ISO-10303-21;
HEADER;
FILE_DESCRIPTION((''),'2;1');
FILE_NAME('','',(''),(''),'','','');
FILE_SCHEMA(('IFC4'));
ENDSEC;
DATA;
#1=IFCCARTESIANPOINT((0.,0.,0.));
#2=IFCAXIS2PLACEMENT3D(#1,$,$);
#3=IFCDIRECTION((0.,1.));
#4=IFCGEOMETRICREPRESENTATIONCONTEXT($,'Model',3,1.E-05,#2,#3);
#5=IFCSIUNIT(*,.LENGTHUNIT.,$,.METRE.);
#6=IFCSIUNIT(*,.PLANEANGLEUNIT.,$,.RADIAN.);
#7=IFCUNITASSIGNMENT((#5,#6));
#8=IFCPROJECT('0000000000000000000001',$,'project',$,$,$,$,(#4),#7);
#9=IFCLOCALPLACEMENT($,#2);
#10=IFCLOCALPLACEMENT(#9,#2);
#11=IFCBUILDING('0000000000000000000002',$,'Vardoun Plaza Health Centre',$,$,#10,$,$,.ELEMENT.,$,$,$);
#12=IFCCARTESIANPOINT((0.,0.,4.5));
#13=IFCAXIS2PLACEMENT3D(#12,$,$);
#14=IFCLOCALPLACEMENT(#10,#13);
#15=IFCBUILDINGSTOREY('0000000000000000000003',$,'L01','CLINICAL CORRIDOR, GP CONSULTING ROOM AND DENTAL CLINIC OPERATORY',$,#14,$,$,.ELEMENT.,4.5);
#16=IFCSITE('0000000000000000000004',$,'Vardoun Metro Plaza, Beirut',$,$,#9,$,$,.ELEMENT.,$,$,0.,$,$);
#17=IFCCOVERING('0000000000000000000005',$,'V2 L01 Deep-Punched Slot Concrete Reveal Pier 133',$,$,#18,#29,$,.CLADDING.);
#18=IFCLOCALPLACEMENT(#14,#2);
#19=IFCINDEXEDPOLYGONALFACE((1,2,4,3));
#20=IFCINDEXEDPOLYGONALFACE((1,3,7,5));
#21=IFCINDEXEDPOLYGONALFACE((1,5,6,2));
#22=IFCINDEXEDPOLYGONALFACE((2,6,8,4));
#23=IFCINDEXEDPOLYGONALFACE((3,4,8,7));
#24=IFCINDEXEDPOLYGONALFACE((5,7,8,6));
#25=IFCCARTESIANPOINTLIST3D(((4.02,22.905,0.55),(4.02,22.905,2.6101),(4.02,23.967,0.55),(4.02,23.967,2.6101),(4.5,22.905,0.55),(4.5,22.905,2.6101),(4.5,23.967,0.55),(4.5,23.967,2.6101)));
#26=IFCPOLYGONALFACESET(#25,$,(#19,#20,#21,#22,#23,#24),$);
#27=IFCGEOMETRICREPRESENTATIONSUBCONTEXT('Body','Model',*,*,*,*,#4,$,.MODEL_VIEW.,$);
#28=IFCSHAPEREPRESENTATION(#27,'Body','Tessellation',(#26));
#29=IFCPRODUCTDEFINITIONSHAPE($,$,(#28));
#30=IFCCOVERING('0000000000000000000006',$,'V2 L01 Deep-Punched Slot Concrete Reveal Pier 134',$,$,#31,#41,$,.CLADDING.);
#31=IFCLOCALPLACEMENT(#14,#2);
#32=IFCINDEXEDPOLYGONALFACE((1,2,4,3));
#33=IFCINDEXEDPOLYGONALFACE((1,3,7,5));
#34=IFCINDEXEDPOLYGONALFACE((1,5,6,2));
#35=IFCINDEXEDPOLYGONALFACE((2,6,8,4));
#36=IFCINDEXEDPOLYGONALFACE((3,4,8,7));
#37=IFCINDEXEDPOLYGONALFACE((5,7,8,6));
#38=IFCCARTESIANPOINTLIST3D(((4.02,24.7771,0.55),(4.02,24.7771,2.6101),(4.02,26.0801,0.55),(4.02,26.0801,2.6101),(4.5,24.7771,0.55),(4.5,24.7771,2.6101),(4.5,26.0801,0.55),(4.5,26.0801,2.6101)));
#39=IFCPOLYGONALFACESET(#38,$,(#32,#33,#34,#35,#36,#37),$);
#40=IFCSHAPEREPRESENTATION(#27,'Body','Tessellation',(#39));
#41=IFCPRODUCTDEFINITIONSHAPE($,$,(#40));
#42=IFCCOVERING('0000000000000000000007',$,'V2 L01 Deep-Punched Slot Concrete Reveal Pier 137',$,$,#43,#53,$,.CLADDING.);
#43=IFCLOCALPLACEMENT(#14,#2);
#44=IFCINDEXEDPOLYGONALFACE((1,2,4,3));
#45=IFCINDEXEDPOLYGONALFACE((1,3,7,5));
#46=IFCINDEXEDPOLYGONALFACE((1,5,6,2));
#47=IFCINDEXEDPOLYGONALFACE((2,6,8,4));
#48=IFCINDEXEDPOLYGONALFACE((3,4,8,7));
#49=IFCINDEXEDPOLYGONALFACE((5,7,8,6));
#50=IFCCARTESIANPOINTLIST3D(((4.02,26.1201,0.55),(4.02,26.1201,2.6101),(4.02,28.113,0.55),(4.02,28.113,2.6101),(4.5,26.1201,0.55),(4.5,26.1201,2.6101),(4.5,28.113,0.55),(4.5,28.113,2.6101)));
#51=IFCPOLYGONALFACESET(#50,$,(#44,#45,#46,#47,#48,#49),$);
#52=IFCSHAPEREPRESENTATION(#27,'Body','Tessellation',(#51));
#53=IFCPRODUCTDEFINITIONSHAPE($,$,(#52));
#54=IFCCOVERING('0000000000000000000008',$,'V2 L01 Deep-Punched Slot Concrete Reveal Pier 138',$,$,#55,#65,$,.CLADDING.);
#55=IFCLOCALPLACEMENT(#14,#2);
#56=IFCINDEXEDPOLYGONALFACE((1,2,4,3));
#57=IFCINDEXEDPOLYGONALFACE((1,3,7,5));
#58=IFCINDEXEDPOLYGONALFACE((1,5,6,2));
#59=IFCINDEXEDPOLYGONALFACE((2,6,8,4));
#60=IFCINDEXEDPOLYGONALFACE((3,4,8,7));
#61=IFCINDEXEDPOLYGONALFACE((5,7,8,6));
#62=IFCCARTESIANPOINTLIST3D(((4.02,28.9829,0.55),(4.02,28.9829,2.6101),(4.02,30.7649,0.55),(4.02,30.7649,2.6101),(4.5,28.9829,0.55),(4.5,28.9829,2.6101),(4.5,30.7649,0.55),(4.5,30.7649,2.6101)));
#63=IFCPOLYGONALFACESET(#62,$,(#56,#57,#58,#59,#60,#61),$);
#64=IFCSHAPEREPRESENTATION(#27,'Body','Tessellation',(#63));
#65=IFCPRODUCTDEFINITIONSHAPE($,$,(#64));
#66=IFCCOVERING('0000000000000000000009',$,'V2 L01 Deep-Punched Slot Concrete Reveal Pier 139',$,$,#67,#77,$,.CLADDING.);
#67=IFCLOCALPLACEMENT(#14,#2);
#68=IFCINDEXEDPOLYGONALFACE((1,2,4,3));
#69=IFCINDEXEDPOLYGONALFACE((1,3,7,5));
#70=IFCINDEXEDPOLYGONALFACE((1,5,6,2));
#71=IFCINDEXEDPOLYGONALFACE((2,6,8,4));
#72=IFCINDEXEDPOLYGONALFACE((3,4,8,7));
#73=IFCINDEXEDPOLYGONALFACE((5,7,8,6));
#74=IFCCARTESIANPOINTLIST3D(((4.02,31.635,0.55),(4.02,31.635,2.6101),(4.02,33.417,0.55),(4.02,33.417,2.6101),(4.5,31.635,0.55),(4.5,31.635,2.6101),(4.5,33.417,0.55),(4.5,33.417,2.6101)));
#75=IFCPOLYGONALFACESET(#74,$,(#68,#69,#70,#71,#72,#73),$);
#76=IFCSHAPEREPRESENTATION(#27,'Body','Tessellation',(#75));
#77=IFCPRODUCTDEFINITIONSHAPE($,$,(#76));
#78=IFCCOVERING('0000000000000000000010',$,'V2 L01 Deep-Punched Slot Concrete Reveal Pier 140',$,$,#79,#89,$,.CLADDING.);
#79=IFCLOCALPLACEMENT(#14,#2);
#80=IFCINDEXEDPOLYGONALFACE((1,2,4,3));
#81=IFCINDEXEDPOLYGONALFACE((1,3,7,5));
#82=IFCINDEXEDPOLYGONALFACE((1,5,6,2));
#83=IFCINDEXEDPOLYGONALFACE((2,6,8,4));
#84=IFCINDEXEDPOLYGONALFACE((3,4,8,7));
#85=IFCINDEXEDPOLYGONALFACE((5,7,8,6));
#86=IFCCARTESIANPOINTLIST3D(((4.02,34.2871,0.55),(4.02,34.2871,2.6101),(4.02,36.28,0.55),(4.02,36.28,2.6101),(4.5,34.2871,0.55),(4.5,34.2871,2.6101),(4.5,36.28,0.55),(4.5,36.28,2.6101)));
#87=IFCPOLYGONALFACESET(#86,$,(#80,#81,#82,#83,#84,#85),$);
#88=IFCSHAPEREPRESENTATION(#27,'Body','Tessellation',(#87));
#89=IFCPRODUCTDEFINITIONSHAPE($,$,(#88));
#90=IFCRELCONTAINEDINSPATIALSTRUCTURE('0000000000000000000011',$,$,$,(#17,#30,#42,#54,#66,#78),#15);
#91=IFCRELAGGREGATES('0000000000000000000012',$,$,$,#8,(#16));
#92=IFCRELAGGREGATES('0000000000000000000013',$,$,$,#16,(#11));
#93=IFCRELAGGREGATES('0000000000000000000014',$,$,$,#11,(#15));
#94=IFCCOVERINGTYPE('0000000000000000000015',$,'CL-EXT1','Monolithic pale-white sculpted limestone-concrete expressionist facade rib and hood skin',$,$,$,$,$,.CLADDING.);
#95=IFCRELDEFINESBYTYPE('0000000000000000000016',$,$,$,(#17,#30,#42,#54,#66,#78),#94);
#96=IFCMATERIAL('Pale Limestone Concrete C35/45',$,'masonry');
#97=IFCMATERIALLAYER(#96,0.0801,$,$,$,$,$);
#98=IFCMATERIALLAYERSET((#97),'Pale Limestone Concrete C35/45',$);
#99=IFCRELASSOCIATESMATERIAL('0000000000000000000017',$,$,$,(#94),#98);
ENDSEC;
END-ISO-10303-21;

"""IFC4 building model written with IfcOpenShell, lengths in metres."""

from ifc_helpers import new_model, si_unit, direction, frame, origin, place, context, subcontext, project, spatial, polyline, outline, extrude, material, layer, layer_set, type_object, element, save


model = new_model("IFC4")

# Units and contexts
model_context = context("Model", 3, precision=1e-05, world=origin(), true_north=direction((0.0, 1.0)))
body_context = subcontext(model_context, "Body", "Model", "MODEL_VIEW")
ifc_project = project(units=[si_unit("LENGTHUNIT", "METRE"), si_unit("PLANEANGLEUNIT", "RADIAN")], contexts=[model_context])

# Site, building, storey
site_placement = place(None, origin())
site = spatial("IfcSite", under=ifc_project, at=site_placement, Name="Vardoun Metro Plaza, Beirut", CompositionType="ELEMENT", RefElevation=0.0)
building_placement = place(site_placement, origin())
building = spatial("IfcBuilding", under=site, at=building_placement, Name="Vardoun Plaza Health Centre", CompositionType="ELEMENT")
storey_placement = place(building_placement, frame((0.0, 0.0, 4.5)))
storey = spatial("IfcBuildingStorey", under=building, at=storey_placement, Name="L01", Description="CLINICAL CORRIDOR, GP CONSULTING ROOM AND DENTAL CLINIC OPERATORY", CompositionType="ELEMENT", Elevation=4.5)

# Coverings
ifc_material = material(Name="Pale Limestone Concrete C35/45", Category="masonry")
ifc_layer = layer(ifc_material, 0.0801)
ifc_layer_set = layer_set([ifc_layer], Name="Pale Limestone Concrete C35/45")
covering_type = type_object("IfcCoveringType", Name="CL-EXT1", Description="Monolithic pale-white sculpted limestone-concrete expressionist facade rib and hood skin", PredefinedType="CLADDING", material=ifc_layer_set)
covering_1_placement = place(storey_placement, frame((0.0, 0.0, 0.55)))
element("IfcCovering", 1, at=covering_1_placement, inside=storey, type_object=covering_type, Name="V2 L01 Deep-Punched Slot Concrete Reveal Pier 133", PredefinedType="CLADDING", context=body_context, shape_type="SweptSolid", body=[
    extrude(outline(polyline([(4.5, 22.905), (4.5, 23.967), (4.02, 23.967), (4.02, 22.905), (4.5, 22.905)])), origin(), (0.0, 0.0, 1.0), 2.0601),
])
covering_2_placement = place(storey_placement, frame((0.0, 0.0, 0.55)))
element("IfcCovering", 2, at=covering_2_placement, inside=storey, type_object=covering_type, Name="V2 L01 Deep-Punched Slot Concrete Reveal Pier 134", PredefinedType="CLADDING", context=body_context, shape_type="SweptSolid", body=[
    extrude(outline(polyline([(4.5, 24.7771), (4.5, 26.0801), (4.02, 26.0801), (4.02, 24.7771), (4.5, 24.7771)])), origin(), (0.0, 0.0, 1.0), 2.0601),
])
covering_3_placement = place(storey_placement, frame((0.0, 0.0, 0.55)))
element("IfcCovering", 3, at=covering_3_placement, inside=storey, type_object=covering_type, Name="V2 L01 Deep-Punched Slot Concrete Reveal Pier 137", PredefinedType="CLADDING", context=body_context, shape_type="SweptSolid", body=[
    extrude(outline(polyline([(4.5, 26.1201), (4.5, 28.113), (4.02, 28.113), (4.02, 26.1201), (4.5, 26.1201)])), origin(), (0.0, 0.0, 1.0), 2.0601),
])
covering_4_placement = place(storey_placement, frame((0.0, 0.0, 0.55)))
element("IfcCovering", 4, at=covering_4_placement, inside=storey, type_object=covering_type, Name="V2 L01 Deep-Punched Slot Concrete Reveal Pier 138", PredefinedType="CLADDING", context=body_context, shape_type="SweptSolid", body=[
    extrude(outline(polyline([(4.5, 28.9829), (4.5, 30.7649), (4.02, 30.7649), (4.02, 28.9829), (4.5, 28.9829)])), origin(), (0.0, 0.0, 1.0), 2.0601),
])
covering_5_placement = place(storey_placement, frame((0.0, 0.0, 0.55)))
element("IfcCovering", 5, at=covering_5_placement, inside=storey, type_object=covering_type, Name="V2 L01 Deep-Punched Slot Concrete Reveal Pier 139", PredefinedType="CLADDING", context=body_context, shape_type="SweptSolid", body=[
    extrude(outline(polyline([(4.5, 31.635), (4.5, 33.417), (4.02, 33.417), (4.02, 31.635), (4.5, 31.635)])), origin(), (0.0, 0.0, 1.0), 2.0601),
])
covering_6_placement = place(storey_placement, frame((0.0, 0.0, 0.55)))
element("IfcCovering", 6, at=covering_6_placement, inside=storey, type_object=covering_type, Name="V2 L01 Deep-Punched Slot Concrete Reveal Pier 140", PredefinedType="CLADDING", context=body_context, shape_type="SweptSolid", body=[
    extrude(outline(polyline([(4.5, 34.2871), (4.5, 36.28), (4.02, 36.28), (4.02, 34.2871), (4.5, 34.2871)])), origin(), (0.0, 0.0, 1.0), 2.0601),
])

save(model, "model.ifc")
